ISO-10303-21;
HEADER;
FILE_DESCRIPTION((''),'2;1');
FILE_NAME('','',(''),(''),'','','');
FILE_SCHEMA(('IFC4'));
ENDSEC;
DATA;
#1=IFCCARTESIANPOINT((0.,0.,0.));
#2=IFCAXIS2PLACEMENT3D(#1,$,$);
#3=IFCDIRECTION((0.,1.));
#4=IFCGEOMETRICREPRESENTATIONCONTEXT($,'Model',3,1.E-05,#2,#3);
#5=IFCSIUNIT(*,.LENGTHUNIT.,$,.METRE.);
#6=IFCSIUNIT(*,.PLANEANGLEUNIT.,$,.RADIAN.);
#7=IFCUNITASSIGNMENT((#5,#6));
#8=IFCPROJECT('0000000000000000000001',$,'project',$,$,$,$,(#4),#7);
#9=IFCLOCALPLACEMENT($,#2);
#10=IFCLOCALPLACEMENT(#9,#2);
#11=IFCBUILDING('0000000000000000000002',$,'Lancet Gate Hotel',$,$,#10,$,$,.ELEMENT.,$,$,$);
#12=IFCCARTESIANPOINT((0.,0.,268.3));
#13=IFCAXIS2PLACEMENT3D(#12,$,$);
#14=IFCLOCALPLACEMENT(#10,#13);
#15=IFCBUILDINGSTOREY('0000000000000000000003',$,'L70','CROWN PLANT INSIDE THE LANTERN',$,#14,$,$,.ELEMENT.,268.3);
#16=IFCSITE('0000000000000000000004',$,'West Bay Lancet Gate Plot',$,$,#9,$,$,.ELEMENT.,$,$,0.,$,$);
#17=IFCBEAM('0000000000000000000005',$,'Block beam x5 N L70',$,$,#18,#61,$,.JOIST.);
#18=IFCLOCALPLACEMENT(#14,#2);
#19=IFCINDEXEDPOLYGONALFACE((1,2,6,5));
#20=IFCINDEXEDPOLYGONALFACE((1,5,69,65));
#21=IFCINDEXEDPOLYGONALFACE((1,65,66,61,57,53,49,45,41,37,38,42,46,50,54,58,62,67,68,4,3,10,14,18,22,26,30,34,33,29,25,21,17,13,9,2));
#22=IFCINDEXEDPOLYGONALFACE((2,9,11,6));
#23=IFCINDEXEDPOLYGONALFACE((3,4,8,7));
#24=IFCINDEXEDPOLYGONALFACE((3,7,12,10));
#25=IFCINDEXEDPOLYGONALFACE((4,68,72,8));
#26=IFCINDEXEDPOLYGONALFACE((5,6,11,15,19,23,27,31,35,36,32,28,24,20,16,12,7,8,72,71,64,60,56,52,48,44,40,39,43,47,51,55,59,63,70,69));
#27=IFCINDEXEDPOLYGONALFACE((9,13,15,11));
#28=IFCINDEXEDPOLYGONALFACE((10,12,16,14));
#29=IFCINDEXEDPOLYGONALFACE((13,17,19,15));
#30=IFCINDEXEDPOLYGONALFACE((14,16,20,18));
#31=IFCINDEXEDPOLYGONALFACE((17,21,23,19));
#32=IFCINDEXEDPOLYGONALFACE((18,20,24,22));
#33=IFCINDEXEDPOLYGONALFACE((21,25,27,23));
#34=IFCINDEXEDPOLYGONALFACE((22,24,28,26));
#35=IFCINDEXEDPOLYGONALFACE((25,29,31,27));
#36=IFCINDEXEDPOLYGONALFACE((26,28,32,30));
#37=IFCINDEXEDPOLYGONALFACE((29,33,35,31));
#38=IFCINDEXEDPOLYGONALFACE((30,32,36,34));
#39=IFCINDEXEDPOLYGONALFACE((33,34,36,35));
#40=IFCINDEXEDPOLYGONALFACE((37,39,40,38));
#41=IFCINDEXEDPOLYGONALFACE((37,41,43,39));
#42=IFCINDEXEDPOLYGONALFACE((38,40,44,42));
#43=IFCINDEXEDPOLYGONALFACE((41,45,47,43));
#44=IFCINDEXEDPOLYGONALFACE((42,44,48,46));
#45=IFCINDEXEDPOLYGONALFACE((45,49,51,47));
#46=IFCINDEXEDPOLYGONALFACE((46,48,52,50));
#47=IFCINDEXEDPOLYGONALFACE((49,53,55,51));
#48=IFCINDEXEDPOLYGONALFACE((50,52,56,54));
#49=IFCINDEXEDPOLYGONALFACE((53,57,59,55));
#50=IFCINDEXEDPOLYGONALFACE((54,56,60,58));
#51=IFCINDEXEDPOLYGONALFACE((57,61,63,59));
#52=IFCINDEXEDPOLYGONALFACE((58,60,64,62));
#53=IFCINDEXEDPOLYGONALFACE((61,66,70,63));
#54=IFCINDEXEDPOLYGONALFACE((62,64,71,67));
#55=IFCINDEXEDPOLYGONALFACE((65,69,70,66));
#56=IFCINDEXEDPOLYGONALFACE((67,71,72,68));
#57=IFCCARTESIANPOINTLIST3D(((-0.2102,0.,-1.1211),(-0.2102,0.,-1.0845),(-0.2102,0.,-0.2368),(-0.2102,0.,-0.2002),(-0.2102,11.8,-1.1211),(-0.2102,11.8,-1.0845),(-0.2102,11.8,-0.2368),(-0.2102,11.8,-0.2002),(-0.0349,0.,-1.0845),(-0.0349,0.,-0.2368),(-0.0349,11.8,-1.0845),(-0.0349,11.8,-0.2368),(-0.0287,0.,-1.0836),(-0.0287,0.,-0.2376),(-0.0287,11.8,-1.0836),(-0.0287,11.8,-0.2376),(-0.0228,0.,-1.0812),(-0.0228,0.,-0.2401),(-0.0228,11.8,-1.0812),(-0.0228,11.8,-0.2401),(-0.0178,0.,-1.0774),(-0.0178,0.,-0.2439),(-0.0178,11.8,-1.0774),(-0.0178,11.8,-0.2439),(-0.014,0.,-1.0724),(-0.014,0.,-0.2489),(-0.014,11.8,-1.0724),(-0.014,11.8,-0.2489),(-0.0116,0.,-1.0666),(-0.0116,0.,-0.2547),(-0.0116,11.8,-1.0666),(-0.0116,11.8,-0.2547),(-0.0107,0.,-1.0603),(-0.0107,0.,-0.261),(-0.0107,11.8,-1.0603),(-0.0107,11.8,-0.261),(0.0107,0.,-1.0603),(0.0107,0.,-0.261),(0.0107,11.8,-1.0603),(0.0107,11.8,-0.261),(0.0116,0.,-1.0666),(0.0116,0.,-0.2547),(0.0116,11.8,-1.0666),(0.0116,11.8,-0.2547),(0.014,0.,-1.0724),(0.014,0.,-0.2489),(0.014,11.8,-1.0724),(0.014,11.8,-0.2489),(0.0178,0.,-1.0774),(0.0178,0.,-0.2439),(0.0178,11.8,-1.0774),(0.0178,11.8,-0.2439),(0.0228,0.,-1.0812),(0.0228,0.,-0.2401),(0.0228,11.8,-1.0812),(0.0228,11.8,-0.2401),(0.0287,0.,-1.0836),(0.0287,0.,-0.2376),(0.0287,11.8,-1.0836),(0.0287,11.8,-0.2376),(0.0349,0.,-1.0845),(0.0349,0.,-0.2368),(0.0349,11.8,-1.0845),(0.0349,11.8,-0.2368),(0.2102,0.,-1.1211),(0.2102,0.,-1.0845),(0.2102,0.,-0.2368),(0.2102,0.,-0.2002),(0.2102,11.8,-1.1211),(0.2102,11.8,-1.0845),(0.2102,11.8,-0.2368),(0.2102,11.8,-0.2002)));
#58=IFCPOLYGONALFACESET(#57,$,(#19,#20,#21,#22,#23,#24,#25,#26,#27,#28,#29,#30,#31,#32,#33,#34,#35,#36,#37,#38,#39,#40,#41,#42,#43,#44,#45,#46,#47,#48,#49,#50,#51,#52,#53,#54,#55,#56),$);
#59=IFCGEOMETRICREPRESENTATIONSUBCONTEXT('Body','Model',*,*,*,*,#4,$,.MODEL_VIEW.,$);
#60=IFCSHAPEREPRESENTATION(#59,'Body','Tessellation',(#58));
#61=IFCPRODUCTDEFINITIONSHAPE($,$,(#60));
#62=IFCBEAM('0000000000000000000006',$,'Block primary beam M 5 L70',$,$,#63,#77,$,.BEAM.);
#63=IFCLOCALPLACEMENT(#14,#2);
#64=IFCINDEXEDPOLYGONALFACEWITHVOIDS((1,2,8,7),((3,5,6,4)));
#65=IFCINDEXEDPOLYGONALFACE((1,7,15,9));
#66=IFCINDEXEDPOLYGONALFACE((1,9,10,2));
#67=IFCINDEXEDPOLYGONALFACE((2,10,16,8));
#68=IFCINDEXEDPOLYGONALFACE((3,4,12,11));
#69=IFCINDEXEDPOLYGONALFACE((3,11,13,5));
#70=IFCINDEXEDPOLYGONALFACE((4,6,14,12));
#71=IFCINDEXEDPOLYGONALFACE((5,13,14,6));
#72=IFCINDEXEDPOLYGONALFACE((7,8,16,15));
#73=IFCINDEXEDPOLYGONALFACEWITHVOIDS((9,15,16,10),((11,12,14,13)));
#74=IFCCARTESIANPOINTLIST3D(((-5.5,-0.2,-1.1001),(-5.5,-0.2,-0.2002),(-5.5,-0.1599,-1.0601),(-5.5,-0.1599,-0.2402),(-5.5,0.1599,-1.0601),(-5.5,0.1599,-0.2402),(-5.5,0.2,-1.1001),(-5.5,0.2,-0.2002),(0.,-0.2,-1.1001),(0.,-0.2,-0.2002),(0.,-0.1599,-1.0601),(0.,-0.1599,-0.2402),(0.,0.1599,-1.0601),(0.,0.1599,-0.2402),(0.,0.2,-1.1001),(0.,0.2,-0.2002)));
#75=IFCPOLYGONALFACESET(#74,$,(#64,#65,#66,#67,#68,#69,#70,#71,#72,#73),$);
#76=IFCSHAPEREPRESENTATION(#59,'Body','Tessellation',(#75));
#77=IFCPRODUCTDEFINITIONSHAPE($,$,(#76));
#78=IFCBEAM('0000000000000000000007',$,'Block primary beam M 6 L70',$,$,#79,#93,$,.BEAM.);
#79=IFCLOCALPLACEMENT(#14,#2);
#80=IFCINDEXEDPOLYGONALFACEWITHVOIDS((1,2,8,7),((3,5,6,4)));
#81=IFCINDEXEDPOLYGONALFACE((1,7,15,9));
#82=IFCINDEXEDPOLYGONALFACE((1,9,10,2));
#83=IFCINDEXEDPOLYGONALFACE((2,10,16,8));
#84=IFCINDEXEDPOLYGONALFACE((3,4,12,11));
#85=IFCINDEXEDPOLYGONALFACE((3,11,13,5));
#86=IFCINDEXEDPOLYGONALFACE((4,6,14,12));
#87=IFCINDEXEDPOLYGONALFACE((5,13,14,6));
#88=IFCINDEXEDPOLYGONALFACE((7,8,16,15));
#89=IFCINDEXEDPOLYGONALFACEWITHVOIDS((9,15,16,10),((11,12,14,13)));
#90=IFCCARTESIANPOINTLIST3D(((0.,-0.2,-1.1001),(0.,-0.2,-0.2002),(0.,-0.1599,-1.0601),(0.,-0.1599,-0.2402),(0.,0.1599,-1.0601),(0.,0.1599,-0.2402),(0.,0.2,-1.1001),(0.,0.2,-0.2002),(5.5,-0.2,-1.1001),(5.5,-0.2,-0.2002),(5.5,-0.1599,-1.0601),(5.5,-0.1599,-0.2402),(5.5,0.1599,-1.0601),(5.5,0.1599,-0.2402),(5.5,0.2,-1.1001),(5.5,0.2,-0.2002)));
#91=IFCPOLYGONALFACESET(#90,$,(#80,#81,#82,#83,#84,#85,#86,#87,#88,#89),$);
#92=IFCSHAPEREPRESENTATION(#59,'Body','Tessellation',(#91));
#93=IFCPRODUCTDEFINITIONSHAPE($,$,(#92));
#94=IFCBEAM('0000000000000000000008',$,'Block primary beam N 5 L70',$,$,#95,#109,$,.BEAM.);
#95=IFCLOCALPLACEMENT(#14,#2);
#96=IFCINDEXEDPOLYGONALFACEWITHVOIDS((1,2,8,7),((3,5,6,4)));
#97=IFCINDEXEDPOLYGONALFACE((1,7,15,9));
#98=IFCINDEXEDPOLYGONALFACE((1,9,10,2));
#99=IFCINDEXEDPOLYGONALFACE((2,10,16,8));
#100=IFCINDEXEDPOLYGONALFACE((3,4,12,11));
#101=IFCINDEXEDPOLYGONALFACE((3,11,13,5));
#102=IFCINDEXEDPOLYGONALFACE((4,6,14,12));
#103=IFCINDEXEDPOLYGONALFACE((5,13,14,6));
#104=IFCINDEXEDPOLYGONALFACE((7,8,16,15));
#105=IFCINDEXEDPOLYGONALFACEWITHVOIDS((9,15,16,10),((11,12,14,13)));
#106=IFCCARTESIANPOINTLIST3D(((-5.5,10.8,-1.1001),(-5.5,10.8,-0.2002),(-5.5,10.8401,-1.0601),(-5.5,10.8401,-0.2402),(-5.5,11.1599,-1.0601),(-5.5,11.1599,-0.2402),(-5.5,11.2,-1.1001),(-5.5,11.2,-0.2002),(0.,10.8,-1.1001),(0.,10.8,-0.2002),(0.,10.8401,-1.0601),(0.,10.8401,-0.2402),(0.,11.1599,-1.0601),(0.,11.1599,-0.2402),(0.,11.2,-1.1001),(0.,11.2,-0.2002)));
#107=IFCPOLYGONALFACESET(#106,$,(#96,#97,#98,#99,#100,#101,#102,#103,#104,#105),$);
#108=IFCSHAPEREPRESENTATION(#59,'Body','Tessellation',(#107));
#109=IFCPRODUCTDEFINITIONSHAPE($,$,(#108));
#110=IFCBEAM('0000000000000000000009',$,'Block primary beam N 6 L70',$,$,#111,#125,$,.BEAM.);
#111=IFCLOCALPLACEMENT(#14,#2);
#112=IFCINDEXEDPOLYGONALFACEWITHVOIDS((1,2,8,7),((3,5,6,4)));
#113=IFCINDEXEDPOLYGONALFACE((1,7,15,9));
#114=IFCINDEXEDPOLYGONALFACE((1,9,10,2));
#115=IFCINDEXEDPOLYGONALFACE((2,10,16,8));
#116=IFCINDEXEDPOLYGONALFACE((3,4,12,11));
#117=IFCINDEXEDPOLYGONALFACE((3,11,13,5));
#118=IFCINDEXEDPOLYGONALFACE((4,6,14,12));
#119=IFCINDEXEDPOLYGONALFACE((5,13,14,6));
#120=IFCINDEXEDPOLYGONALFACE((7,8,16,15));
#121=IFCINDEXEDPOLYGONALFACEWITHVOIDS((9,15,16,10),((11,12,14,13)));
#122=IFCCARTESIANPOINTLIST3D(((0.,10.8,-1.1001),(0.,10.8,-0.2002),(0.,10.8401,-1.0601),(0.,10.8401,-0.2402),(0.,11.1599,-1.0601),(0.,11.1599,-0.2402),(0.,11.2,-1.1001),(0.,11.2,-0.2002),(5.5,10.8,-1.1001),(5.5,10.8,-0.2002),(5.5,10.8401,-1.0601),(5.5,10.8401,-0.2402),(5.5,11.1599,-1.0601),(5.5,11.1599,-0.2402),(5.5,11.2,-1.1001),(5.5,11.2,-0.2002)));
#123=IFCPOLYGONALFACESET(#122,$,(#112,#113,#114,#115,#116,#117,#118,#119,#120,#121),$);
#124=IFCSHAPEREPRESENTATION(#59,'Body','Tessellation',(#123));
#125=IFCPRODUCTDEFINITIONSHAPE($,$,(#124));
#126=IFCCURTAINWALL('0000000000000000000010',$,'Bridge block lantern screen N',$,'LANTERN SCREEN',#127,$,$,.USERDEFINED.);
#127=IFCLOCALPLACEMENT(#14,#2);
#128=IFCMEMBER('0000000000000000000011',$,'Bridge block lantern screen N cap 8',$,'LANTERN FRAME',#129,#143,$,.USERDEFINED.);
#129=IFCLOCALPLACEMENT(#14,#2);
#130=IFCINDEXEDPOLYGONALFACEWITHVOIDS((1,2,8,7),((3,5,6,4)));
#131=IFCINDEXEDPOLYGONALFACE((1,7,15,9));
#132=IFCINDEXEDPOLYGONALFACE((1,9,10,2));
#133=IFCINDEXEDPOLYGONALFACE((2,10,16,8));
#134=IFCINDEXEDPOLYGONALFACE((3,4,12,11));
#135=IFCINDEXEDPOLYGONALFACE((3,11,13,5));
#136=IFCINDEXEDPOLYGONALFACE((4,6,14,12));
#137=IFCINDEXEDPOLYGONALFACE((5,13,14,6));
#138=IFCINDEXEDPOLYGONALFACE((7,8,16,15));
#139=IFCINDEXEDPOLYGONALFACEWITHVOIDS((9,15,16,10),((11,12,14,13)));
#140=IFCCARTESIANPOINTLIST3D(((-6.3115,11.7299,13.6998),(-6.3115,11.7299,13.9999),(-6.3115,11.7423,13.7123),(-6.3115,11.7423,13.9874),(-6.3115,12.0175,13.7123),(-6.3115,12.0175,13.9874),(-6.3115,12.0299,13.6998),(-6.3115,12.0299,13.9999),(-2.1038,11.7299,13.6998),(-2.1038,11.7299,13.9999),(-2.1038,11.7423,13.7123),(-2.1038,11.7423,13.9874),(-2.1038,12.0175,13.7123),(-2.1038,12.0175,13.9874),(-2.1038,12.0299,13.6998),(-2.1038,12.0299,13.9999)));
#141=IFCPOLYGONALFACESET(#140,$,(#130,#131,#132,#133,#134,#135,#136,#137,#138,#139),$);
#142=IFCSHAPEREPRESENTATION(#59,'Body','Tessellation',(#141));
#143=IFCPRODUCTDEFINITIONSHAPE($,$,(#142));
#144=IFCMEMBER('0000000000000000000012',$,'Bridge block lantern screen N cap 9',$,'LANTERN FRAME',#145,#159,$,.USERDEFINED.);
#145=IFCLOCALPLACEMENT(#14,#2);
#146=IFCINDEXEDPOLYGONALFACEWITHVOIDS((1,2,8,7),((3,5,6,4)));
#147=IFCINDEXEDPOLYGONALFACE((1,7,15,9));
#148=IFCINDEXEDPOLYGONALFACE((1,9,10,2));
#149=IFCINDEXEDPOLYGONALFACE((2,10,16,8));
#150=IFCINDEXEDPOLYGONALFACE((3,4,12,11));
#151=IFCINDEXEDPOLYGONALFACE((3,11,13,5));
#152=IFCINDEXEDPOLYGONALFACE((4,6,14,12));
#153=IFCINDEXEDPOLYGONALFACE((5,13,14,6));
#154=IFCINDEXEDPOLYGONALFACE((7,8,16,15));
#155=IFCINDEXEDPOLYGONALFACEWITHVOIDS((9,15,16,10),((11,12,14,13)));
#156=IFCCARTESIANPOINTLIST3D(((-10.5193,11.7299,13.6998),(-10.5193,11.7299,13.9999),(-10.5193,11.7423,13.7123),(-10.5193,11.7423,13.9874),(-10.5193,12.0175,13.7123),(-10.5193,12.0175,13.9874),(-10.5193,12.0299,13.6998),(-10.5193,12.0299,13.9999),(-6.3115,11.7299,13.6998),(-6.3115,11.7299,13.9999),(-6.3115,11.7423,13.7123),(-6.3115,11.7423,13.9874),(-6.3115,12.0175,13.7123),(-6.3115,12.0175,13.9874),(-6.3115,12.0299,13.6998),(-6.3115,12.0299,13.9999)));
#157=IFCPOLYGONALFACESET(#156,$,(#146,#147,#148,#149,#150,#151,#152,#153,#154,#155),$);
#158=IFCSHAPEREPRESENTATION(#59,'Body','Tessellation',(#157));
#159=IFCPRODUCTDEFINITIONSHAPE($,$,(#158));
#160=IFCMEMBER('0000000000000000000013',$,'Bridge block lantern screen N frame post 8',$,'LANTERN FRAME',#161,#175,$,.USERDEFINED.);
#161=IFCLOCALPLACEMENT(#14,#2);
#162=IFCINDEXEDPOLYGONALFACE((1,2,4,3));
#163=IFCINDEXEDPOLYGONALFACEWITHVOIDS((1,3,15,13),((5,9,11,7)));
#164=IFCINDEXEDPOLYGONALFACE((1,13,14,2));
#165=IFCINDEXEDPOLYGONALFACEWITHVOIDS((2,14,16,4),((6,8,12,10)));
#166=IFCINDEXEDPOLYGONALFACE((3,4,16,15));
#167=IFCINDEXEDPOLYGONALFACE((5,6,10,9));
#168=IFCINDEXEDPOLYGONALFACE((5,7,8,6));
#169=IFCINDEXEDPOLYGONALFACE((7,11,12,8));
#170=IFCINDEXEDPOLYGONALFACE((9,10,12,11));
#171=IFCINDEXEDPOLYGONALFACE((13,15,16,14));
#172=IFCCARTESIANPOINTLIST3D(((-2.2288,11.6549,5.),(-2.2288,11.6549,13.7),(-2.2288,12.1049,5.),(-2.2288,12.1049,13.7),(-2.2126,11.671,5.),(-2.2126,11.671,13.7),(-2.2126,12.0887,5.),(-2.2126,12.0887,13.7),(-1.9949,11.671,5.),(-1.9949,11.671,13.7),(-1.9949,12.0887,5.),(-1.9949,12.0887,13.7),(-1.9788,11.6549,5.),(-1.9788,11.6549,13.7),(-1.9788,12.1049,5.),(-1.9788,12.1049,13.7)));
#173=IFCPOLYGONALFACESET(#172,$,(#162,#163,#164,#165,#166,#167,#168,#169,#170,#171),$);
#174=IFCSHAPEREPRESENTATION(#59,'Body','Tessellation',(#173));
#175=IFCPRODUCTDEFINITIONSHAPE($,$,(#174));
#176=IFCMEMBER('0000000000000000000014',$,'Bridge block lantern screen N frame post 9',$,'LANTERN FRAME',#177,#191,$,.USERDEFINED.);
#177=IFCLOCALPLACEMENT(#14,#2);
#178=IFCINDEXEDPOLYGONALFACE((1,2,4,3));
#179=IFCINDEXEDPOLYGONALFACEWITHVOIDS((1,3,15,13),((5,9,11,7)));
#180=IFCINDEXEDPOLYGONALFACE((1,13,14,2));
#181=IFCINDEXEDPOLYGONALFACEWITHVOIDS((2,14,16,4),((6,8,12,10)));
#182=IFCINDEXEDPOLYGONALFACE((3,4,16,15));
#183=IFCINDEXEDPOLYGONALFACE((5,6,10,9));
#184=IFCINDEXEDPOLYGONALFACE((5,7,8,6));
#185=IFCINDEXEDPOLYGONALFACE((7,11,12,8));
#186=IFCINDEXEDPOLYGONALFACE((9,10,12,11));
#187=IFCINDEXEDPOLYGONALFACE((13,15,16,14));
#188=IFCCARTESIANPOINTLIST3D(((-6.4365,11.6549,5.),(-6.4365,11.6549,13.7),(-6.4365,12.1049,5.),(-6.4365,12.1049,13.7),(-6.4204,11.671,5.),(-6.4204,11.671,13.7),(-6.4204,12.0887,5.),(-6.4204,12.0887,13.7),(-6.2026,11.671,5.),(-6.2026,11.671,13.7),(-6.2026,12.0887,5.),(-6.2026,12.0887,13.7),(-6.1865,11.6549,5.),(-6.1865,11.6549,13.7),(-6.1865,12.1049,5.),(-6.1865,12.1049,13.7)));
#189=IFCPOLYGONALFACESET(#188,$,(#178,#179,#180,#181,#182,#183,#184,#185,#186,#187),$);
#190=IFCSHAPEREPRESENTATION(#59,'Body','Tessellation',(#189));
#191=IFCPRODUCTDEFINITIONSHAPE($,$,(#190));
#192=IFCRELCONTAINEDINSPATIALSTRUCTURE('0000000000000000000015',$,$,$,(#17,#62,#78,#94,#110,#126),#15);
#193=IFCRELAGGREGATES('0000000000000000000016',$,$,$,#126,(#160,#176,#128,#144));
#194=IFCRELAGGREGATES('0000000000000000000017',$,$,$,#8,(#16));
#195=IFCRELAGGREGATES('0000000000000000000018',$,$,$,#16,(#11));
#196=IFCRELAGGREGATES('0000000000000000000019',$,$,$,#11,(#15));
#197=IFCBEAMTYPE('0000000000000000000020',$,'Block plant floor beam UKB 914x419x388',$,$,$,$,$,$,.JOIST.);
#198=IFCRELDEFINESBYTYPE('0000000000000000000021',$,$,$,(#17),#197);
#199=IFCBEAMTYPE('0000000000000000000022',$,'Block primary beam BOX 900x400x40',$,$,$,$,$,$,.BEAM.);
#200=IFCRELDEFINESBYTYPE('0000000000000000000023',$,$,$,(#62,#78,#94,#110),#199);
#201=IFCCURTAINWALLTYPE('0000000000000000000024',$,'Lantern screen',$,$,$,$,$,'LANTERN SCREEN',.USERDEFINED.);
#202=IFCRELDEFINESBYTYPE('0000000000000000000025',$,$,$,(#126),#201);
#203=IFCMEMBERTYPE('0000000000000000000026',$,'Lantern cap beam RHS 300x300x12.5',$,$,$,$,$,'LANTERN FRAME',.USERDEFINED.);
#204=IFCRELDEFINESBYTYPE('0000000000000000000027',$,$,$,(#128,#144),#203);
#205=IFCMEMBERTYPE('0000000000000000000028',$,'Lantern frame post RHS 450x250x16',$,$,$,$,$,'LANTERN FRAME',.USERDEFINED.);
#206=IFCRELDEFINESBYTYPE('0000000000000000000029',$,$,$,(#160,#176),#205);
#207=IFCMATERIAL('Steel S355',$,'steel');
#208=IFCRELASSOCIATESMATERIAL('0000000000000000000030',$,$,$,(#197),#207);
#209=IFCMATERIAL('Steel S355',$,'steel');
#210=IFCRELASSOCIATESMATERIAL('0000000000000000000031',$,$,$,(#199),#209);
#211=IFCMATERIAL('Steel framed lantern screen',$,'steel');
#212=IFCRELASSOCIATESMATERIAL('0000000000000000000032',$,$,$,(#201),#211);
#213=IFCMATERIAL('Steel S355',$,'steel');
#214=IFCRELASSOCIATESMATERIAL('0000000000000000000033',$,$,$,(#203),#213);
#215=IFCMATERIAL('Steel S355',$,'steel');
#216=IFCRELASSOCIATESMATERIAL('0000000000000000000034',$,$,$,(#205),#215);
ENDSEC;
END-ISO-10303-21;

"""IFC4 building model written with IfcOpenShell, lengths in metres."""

from ifc_helpers import new_model, si_unit, direction, frame, origin, origin_2d, place, context, subcontext, project, spatial, hollow_rectangle, i_section, extrude, material, material_profile, profile_set, type_object, element, aggregate, save


model = new_model("IFC4")

# Units and contexts
model_context = context("Model", 3, precision=1e-05, world=origin(), true_north=direction((0.0, 1.0)))
body_context = subcontext(model_context, "Body", "Model", "MODEL_VIEW")
ifc_project = project(units=[si_unit("LENGTHUNIT", "METRE"), si_unit("PLANEANGLEUNIT", "RADIAN")], contexts=[model_context])

# Site, building, storey
site_placement = place(None, origin())
site = spatial("IfcSite", under=ifc_project, at=site_placement, Name="West Bay Lancet Gate Plot", CompositionType="ELEMENT", RefElevation=0.0)
building_placement = place(site_placement, origin())
building = spatial("IfcBuilding", under=site, at=building_placement, Name="Lancet Gate Hotel", CompositionType="ELEMENT")
storey_placement = place(building_placement, frame((0.0, 0.0, 268.3)))
storey = spatial("IfcBuildingStorey", under=building, at=storey_placement, Name="L70", Description="CROWN PLANT INSIDE THE LANTERN", CompositionType="ELEMENT", Elevation=268.3)

# Beams
ifc_material_1 = material(Name="Steel S355", Category="steel")
ifc_material_profile_1 = material_profile(ifc_material_1, i_section(OverallWidth=0.4204, OverallDepth=0.9209, WebThickness=0.0215, FlangeThickness=0.0366, FilletRadius=0.0242, at=origin_2d()), Name="UKB 914x419x388")
ifc_profile_set_1 = profile_set([ifc_material_profile_1], Name="Steel S355")
beam_type_1 = type_object("IfcBeamType", Name="Block plant floor beam UKB 914x419x388", PredefinedType="JOIST", material=ifc_profile_set_1)
for number, where, z_axis, x_axis, name in (
    (1, (0.0, 0.0, -0.6606), (0.0, 1.0, 0.0), (-1.0, 0.0, 0.0), "Block beam x5 N L70"),
):
    element("IfcBeam", number, at=place(storey_placement, frame(where, z_axis=z_axis, x_axis=x_axis)), inside=storey, type_object=beam_type_1, Name=name, PredefinedType="JOIST", context=body_context, shape_type="SweptSolid", body=[
        extrude(i_section(OverallWidth=0.4204, OverallDepth=0.9209, WebThickness=0.0215, FlangeThickness=0.0366, FilletRadius=0.0242, at=origin_2d()), origin(), (0.0, 0.0, 1.0), 11.8),
    ])
ifc_material_2 = material(Name="Steel S355", Category="steel")
ifc_material_profile_2 = material_profile(ifc_material_2, hollow_rectangle(XDim=0.3999, YDim=0.8999, WallThickness=0.04, at=origin_2d()), Name="BOX 900x400x40")
ifc_profile_set_2 = profile_set([ifc_material_profile_2], Name="Steel S355")
beam_type_2 = type_object("IfcBeamType", Name="Block primary beam BOX 900x400x40", PredefinedType="BEAM", material=ifc_profile_set_2)
for number, where, z_axis, x_axis, name in (
    (2, (-5.5, 0.0, -0.6501), (1.0, 0.0, 0.0), (0.0, 1.0, 0.0), "Block primary beam M 5 L70"),
    (3, (0.0, 0.0, -0.6501), (1.0, 0.0, 0.0), (0.0, 1.0, 0.0), "Block primary beam M 6 L70"),
    (4, (-5.5, 11.0, -0.6501), (1.0, 0.0, 0.0), (0.0, 1.0, 0.0), "Block primary beam N 5 L70"),
    (5, (0.0, 11.0, -0.6501), (1.0, 0.0, 0.0), (0.0, 1.0, 0.0), "Block primary beam N 6 L70"),
):
    element("IfcBeam", number, at=place(storey_placement, frame(where, z_axis=z_axis, x_axis=x_axis)), inside=storey, type_object=beam_type_2, Name=name, PredefinedType="BEAM", context=body_context, shape_type="SweptSolid", body=[
        extrude(hollow_rectangle(XDim=0.3999, YDim=0.8999, WallThickness=0.04, at=origin_2d()), origin(), (0.0, 0.0, 1.0), 5.5),
    ])

# Curtain wall, members
ifc_material_3 = material(Name="Steel framed lantern screen", Category="steel")
curtain_wall_type_1 = type_object("IfcCurtainWallType", Name="Lantern screen", ElementType="LANTERN SCREEN", PredefinedType="USERDEFINED", material=ifc_material_3)
curtain_wall_1_placement = place(storey_placement, origin())
curtain_wall_1 = element("IfcCurtainWall", 6, at=curtain_wall_1_placement, inside=storey, type_object=curtain_wall_type_1, Name="Bridge block lantern screen N", ObjectType="LANTERN SCREEN", PredefinedType="USERDEFINED")
ifc_material_4 = material(Name="Steel S355", Category="steel")
ifc_material_profile_3 = material_profile(ifc_material_4, hollow_rectangle(XDim=0.3, YDim=0.3, WallThickness=0.0125, at=origin_2d()), Name="RHS 300x300x12.5")
ifc_profile_set_3 = profile_set([ifc_material_profile_3], Name="Steel S355")
member_type_1 = type_object("IfcMemberType", Name="Lantern cap beam RHS 300x300x12.5", ElementType="LANTERN FRAME", PredefinedType="USERDEFINED", material=ifc_profile_set_3)
member_1_placement = place(storey_placement, frame((-2.1038, 11.8799, 13.8499), z_axis=(-1.0, 0.0, 0.0), x_axis=(0.0, -1.0, 0.0)))
member_1 = element("IfcMember", 7, at=member_1_placement, type_object=member_type_1, Name="Bridge block lantern screen N cap 8", ObjectType="LANTERN FRAME", PredefinedType="USERDEFINED", context=body_context, shape_type="SweptSolid", body=[
    extrude(hollow_rectangle(XDim=0.3, YDim=0.3, WallThickness=0.0125, at=origin_2d()), origin(), (0.0, 0.0, 1.0), 4.2078),
])
member_2_placement = place(storey_placement, frame((-6.3115, 11.8799, 13.8499), z_axis=(-1.0, 0.0, 0.0), x_axis=(0.0, -1.0, 0.0)))
member_2 = element("IfcMember", 8, at=member_2_placement, type_object=member_type_1, Name="Bridge block lantern screen N cap 9", ObjectType="LANTERN FRAME", PredefinedType="USERDEFINED", context=body_context, shape_type="SweptSolid", body=[
    extrude(hollow_rectangle(XDim=0.3, YDim=0.3, WallThickness=0.0125, at=origin_2d()), origin(), (0.0, 0.0, 1.0), 4.2078),
])
ifc_material_5 = material(Name="Steel S355", Category="steel")
ifc_material_profile_4 = material_profile(ifc_material_5, hollow_rectangle(XDim=0.25, YDim=0.45, WallThickness=0.0161, at=origin_2d()), Name="RHS 450x250x16")
ifc_profile_set_4 = profile_set([ifc_material_profile_4], Name="Steel S355")
member_type_2 = type_object("IfcMemberType", Name="Lantern frame post RHS 450x250x16", ElementType="LANTERN FRAME", PredefinedType="USERDEFINED", material=ifc_profile_set_4)
member_3_placement = place(storey_placement, frame((-2.1038, 11.8799, 5.0), z_axis=(0.0, 0.0, 1.0), x_axis=(-1.0, 0.0, 0.0)))
member_3 = element("IfcMember", 9, at=member_3_placement, type_object=member_type_2, Name="Bridge block lantern screen N frame post 8", ObjectType="LANTERN FRAME", PredefinedType="USERDEFINED", context=body_context, shape_type="SweptSolid", body=[
    extrude(hollow_rectangle(XDim=0.25, YDim=0.45, WallThickness=0.0161, at=origin_2d()), origin(), (0.0, 0.0, 1.0), 8.7),
])
member_4_placement = place(storey_placement, frame((-6.3115, 11.8799, 5.0), z_axis=(0.0, 0.0, 1.0), x_axis=(-1.0, 0.0, 0.0)))
member_4 = element("IfcMember", 10, at=member_4_placement, type_object=member_type_2, Name="Bridge block lantern screen N frame post 9", ObjectType="LANTERN FRAME", PredefinedType="USERDEFINED", context=body_context, shape_type="SweptSolid", body=[
    extrude(hollow_rectangle(XDim=0.25, YDim=0.45, WallThickness=0.0161, at=origin_2d()), origin(), (0.0, 0.0, 1.0), 8.7),
])

aggregate(curtain_wall_1, [member_3, member_4, member_1, member_2])

save(model, "model.ifc")
